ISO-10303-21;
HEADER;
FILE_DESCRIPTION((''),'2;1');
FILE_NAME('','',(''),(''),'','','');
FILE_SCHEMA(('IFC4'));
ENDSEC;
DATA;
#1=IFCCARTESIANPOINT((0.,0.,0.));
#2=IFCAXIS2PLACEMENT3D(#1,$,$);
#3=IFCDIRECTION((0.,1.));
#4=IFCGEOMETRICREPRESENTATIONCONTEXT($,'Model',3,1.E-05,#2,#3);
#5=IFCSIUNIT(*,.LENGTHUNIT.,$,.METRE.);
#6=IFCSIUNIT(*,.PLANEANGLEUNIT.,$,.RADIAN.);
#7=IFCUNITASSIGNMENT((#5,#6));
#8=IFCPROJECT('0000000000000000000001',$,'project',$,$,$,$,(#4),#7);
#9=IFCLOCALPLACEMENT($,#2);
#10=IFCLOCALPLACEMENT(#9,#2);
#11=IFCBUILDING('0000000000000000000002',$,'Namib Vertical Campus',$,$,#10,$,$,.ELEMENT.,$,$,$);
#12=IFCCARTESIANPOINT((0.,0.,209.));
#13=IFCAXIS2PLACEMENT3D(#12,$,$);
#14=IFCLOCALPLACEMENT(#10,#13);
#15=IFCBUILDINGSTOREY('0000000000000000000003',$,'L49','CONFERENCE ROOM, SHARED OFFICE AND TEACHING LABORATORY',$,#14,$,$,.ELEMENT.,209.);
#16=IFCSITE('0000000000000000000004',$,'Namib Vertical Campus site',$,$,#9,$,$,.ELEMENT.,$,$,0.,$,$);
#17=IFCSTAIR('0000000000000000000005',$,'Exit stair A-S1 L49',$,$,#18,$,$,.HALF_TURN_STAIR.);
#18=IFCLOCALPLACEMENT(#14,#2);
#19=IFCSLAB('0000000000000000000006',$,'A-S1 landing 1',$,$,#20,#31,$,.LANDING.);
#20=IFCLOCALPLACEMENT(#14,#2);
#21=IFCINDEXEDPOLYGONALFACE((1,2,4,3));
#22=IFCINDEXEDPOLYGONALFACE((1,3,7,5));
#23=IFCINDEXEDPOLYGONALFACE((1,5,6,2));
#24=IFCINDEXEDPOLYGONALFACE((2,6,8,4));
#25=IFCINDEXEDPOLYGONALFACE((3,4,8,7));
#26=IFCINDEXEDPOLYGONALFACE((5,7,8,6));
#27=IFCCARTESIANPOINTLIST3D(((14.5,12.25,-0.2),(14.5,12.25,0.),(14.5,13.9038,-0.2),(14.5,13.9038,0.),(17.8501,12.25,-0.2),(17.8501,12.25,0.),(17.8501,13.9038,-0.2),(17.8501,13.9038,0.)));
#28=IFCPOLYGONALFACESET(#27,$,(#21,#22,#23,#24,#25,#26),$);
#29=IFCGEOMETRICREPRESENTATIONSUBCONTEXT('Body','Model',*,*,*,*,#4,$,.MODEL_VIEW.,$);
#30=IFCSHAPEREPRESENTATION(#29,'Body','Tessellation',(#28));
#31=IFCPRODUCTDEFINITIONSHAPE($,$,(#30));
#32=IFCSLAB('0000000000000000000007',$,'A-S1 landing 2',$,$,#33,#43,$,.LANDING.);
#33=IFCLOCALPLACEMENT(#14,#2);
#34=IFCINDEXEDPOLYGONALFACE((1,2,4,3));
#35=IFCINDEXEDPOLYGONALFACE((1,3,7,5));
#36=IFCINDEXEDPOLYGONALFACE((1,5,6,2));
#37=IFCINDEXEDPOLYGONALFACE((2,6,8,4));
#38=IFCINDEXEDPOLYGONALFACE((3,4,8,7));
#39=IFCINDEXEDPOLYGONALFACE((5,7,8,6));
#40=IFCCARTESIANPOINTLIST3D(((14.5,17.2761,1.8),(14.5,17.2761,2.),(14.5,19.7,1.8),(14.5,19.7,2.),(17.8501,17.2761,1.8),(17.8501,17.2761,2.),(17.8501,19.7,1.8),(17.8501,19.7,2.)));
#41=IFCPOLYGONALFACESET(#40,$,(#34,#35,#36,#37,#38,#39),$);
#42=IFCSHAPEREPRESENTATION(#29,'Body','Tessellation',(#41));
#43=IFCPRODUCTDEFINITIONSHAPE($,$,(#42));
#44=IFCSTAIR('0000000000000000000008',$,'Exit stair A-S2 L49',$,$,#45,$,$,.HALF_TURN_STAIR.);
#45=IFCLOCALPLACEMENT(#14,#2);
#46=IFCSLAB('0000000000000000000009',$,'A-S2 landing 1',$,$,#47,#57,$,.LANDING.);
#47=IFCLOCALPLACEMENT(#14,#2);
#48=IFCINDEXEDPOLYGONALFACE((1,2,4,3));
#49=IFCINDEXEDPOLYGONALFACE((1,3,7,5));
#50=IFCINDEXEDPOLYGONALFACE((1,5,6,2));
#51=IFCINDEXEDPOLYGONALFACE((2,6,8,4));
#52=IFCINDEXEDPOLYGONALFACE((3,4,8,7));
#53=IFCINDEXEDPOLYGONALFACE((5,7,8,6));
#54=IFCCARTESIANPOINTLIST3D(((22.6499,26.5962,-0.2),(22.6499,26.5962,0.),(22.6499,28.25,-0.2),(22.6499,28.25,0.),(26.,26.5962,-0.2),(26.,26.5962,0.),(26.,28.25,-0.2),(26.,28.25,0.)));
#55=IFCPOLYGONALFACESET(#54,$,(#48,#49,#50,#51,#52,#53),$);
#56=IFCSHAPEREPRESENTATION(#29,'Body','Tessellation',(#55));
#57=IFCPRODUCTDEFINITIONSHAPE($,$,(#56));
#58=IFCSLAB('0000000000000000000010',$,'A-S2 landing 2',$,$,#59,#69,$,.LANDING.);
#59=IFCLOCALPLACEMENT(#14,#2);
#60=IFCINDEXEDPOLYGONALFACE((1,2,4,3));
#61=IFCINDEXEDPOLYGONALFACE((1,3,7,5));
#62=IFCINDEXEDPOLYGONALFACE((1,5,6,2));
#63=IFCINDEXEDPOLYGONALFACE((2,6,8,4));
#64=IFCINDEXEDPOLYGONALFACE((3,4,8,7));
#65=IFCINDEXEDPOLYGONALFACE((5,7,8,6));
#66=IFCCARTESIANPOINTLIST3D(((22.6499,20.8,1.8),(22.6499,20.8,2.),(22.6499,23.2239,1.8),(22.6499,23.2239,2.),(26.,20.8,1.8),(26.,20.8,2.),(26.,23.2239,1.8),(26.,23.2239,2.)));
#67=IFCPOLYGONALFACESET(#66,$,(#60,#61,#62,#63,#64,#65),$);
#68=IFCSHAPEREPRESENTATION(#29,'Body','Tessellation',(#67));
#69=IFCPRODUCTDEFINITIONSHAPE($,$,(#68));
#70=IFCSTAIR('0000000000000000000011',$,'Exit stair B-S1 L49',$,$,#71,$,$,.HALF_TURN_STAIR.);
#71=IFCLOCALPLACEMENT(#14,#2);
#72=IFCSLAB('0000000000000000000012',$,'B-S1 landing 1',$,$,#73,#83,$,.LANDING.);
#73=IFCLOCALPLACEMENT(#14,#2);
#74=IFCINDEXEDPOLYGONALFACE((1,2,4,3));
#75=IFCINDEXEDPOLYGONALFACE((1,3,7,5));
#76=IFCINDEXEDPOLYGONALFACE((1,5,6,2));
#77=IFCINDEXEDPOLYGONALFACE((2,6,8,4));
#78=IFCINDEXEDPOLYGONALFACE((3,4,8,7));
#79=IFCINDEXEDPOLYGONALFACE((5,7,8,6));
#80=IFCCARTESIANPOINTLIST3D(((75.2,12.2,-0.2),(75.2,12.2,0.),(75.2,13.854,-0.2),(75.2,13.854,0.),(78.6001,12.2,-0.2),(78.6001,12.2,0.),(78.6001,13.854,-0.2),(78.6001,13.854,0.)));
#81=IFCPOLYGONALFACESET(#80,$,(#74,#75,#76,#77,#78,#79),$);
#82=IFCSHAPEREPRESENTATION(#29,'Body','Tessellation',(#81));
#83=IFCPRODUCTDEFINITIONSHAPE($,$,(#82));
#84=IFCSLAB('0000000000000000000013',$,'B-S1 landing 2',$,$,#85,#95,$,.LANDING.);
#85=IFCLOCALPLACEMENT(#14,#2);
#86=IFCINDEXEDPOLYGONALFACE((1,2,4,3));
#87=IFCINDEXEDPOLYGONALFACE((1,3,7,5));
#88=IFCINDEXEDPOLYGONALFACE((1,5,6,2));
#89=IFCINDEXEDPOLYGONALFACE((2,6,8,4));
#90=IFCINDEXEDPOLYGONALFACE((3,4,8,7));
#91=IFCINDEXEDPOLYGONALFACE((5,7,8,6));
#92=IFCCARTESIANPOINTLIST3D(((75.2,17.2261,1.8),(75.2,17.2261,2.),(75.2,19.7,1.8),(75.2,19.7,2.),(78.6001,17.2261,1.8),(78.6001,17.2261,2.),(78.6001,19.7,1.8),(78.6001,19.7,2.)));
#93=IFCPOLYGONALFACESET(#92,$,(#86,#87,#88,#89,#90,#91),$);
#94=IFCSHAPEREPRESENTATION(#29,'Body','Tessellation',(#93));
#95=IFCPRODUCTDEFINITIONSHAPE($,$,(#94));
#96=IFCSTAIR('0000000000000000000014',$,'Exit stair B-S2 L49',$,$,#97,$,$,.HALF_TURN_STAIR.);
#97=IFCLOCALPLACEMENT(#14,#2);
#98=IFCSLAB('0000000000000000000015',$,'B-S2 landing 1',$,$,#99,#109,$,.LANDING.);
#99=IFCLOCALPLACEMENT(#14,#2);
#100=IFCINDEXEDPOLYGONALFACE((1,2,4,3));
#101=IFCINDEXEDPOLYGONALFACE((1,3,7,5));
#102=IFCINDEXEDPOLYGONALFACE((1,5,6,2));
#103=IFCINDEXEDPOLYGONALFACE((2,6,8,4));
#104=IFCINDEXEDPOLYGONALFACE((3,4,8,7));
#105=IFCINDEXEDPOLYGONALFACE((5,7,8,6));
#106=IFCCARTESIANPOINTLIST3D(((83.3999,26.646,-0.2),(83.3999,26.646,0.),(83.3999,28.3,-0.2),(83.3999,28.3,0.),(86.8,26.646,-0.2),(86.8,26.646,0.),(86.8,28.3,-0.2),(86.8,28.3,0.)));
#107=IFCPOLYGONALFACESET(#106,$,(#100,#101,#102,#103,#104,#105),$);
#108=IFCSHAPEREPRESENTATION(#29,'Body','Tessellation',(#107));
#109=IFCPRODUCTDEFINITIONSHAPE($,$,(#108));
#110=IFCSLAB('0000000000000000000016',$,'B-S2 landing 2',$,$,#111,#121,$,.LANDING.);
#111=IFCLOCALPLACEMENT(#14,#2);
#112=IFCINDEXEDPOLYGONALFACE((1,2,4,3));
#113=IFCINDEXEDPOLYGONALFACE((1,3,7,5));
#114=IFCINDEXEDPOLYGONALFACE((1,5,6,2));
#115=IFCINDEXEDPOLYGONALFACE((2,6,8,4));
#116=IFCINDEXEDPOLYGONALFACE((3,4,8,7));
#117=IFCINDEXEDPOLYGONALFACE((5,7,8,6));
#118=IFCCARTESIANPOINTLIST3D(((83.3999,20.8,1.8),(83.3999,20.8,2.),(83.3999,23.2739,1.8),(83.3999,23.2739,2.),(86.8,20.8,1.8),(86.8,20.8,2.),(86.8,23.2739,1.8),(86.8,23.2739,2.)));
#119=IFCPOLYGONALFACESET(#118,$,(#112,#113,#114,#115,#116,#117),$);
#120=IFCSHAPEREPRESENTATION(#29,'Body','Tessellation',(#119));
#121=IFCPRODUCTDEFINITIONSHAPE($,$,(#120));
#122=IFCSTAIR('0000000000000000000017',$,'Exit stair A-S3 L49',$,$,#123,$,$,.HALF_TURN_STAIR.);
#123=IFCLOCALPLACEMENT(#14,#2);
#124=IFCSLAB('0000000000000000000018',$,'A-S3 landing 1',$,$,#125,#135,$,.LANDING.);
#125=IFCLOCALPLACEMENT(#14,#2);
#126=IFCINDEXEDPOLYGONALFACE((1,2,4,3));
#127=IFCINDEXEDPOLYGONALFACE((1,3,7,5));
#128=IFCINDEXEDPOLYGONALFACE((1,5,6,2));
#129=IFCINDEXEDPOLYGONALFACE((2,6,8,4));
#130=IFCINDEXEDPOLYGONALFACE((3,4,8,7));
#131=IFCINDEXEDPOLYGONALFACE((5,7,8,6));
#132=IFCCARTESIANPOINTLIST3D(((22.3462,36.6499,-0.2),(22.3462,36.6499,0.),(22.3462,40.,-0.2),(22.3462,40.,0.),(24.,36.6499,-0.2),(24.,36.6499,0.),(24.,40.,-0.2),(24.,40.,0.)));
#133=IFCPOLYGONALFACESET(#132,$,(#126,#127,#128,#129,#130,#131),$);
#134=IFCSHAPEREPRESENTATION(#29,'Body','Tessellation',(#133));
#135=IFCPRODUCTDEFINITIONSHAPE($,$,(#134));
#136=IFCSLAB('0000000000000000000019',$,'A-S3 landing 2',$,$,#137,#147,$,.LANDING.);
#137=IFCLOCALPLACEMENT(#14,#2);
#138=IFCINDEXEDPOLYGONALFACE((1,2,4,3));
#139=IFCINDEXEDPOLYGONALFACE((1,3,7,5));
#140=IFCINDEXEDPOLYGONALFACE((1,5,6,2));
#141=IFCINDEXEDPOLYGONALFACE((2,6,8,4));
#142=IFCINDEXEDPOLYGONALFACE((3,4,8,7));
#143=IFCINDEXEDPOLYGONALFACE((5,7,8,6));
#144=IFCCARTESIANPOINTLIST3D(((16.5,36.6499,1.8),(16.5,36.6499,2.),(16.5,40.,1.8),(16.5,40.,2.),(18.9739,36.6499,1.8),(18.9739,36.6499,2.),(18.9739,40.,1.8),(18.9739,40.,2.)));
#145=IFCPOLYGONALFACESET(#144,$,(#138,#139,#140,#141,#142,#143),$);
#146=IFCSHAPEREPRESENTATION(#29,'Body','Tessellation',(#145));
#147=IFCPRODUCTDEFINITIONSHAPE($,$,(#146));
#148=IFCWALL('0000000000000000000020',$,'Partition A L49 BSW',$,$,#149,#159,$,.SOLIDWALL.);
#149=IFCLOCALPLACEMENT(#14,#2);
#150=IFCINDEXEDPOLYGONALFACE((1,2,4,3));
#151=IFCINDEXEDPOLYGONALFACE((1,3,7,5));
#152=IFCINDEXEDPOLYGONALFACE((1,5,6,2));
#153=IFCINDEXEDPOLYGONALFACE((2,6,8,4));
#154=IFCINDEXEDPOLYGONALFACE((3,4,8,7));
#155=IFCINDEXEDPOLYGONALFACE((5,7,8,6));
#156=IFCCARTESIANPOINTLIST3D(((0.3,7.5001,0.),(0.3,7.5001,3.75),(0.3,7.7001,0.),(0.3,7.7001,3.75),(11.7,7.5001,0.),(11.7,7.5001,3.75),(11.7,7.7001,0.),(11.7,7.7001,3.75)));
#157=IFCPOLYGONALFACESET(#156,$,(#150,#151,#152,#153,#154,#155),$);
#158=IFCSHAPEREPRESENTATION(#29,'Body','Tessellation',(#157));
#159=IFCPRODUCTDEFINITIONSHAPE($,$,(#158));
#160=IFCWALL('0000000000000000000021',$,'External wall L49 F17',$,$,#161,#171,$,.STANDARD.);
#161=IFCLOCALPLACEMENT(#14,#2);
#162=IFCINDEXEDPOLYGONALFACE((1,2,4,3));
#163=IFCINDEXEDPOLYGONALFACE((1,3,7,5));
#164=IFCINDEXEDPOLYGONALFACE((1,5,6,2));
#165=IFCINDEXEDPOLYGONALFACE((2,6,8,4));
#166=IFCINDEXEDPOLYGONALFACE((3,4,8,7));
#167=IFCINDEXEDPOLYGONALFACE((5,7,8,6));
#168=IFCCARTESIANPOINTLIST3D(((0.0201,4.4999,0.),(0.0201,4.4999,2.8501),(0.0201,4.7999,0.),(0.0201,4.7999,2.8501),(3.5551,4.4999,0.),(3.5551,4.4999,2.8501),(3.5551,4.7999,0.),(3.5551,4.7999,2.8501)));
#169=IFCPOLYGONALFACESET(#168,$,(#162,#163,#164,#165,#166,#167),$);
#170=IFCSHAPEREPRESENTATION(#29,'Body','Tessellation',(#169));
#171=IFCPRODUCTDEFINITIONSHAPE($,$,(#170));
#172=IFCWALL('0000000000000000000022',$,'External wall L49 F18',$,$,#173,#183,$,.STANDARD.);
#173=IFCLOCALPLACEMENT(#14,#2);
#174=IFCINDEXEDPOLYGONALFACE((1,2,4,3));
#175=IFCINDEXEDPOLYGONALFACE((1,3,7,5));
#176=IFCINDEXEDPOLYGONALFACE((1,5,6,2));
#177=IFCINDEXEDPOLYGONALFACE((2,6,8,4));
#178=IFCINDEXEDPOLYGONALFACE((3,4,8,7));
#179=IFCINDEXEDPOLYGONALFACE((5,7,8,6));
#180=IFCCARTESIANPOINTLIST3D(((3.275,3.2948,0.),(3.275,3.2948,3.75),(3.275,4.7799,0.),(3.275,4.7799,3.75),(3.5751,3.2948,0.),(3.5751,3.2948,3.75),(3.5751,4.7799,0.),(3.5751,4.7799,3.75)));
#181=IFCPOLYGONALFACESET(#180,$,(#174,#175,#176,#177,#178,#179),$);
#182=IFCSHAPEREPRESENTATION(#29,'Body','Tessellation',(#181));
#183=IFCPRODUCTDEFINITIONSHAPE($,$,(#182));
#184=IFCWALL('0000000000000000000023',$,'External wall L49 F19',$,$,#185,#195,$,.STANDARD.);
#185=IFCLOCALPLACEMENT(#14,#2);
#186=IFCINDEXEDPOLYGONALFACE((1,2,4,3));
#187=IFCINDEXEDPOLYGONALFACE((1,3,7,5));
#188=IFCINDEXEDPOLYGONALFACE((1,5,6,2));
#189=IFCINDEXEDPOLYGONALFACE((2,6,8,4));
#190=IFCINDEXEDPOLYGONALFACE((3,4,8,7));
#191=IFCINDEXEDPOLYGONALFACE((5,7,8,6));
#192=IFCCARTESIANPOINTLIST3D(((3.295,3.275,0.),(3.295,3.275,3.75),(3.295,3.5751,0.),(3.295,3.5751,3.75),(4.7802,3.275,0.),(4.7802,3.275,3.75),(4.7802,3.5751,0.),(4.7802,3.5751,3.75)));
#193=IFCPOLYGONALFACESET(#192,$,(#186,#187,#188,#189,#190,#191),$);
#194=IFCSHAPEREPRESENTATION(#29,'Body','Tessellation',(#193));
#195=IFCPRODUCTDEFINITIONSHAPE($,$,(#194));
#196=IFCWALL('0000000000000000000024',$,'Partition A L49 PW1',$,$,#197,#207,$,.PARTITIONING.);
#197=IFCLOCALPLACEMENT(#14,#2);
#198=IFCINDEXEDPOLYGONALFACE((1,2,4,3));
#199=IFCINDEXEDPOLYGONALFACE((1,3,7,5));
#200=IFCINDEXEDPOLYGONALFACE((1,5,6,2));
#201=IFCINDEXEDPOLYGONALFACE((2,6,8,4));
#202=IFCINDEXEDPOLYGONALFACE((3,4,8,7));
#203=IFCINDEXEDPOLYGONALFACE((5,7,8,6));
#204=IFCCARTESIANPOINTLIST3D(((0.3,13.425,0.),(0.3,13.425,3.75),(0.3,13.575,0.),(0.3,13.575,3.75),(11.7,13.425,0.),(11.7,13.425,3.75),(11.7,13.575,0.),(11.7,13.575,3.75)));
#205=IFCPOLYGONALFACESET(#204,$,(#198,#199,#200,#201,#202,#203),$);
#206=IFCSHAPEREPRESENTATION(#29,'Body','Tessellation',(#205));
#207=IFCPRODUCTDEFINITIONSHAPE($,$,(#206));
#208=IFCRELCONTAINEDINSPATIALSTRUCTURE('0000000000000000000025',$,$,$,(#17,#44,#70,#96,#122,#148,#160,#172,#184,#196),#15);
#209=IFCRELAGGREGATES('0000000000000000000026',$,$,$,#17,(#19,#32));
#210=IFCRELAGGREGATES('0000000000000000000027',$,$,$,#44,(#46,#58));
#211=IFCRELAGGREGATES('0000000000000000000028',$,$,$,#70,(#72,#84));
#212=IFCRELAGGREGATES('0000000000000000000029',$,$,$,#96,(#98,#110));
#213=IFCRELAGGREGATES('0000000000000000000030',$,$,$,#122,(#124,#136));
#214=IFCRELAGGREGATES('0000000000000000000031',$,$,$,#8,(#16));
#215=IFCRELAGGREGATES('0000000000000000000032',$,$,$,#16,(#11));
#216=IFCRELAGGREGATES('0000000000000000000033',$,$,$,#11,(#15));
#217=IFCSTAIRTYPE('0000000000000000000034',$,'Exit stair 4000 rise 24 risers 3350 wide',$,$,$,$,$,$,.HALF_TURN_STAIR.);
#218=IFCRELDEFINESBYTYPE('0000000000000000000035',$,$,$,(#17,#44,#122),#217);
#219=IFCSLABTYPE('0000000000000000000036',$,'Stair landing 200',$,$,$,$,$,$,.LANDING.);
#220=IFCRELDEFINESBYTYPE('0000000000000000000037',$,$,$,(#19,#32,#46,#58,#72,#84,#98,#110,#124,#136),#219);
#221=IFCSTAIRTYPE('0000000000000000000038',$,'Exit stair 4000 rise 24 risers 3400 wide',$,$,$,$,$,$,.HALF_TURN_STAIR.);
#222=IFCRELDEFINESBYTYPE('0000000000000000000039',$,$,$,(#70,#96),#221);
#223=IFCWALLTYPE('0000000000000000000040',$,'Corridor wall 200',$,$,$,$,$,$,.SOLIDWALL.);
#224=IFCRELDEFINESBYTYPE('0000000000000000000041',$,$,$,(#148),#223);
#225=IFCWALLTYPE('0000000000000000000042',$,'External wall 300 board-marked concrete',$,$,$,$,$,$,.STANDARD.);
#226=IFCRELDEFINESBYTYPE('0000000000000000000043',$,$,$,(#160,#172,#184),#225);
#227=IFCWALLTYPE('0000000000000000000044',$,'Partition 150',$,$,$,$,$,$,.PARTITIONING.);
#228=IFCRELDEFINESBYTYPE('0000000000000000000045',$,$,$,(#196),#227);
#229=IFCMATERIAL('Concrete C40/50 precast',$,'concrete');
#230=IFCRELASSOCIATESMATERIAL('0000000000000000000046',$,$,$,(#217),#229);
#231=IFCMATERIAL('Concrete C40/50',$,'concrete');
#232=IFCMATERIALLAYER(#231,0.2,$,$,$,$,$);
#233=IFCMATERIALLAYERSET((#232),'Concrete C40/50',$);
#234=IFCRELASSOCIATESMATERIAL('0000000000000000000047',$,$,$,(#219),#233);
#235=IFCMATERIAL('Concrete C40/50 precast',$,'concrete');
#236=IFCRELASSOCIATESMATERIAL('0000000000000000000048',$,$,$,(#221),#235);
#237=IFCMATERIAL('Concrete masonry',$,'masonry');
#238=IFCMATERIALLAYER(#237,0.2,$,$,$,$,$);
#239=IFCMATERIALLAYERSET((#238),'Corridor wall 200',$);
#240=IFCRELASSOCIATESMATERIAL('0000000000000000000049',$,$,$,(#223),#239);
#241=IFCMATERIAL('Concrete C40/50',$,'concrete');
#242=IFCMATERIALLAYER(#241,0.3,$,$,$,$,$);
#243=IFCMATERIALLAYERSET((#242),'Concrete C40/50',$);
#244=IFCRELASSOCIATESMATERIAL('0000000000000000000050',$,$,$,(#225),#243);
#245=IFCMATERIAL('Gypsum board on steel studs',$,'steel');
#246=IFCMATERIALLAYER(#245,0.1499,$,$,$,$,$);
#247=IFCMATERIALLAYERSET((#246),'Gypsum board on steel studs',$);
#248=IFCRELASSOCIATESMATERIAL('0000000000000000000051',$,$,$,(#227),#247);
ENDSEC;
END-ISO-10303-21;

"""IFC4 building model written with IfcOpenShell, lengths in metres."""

from ifc_helpers import new_model, si_unit, direction, frame, frame_2d, origin, place, context, subcontext, project, spatial, polyline, rectangle, outline, extrude, material, layer, layer_set, type_object, element, aggregate, save


model = new_model("IFC4")

# Units and contexts
model_context = context("Model", 3, precision=1e-05, world=origin(), true_north=direction((0.0, 1.0)))
body_context = subcontext(model_context, "Body", "Model", "MODEL_VIEW")
ifc_project = project(units=[si_unit("LENGTHUNIT", "METRE"), si_unit("PLANEANGLEUNIT", "RADIAN")], contexts=[model_context])

# Site, building, storey
site_placement = place(None, origin())
site = spatial("IfcSite", under=ifc_project, at=site_placement, Name="Namib Vertical Campus site", CompositionType="ELEMENT", RefElevation=0.0)
building_placement = place(site_placement, origin())
building = spatial("IfcBuilding", under=site, at=building_placement, Name="Namib Vertical Campus", CompositionType="ELEMENT")
storey_placement = place(building_placement, frame((0.0, 0.0, 209.0)))
storey = spatial("IfcBuildingStorey", under=building, at=storey_placement, Name="L49", Description="CONFERENCE ROOM, SHARED OFFICE AND TEACHING LABORATORY", CompositionType="ELEMENT", Elevation=209.0)

# Stairs, slabs
ifc_material_1 = material(Name="Concrete C40/50 precast", Category="concrete")
stair_type_1 = type_object("IfcStairType", Name="Exit stair 4000 rise 24 risers 3350 wide", PredefinedType="HALF_TURN_STAIR", material=ifc_material_1)
stair_1_placement = place(storey_placement, origin())
stair_1 = element("IfcStair", 1, at=stair_1_placement, inside=storey, type_object=stair_type_1, Name="Exit stair A-S1 L49", PredefinedType="HALF_TURN_STAIR")
ifc_material_2 = material(Name="Concrete C40/50", Category="concrete")
ifc_layer_1 = layer(ifc_material_2, 0.2)
ifc_layer_set_1 = layer_set([ifc_layer_1], Name="Concrete C40/50")
slab_type_1 = type_object("IfcSlabType", Name="Stair landing 200", PredefinedType="LANDING", material=ifc_layer_set_1)
slab_1_placement = place(storey_placement, frame((0.0, 0.0, -0.2)))
slab_1 = element("IfcSlab", 2, at=slab_1_placement, type_object=slab_type_1, Name="A-S1 landing 1", PredefinedType="LANDING", context=body_context, shape_type="SweptSolid", body=[
    extrude(outline(polyline([(14.5, 12.25), (17.8501, 12.25), (17.8501, 13.9038), (14.5, 13.9038), (14.5, 12.25)])), origin(), (0.0, 0.0, 1.0), 0.2),
])
slab_2_placement = place(storey_placement, frame((0.0, 0.0, 1.8)))
slab_2 = element("IfcSlab", 3, at=slab_2_placement, type_object=slab_type_1, Name="A-S1 landing 2", PredefinedType="LANDING", context=body_context, shape_type="SweptSolid", body=[
    extrude(outline(polyline([(14.5, 17.2761), (17.8501, 17.2761), (17.8501, 19.7), (14.5, 19.7), (14.5, 17.2761)])), origin(), (0.0, 0.0, 1.0), 0.2),
])
aggregate(stair_1, [slab_1, slab_2])
stair_2_placement = place(storey_placement, origin())
stair_2 = element("IfcStair", 4, at=stair_2_placement, inside=storey, type_object=stair_type_1, Name="Exit stair A-S2 L49", PredefinedType="HALF_TURN_STAIR")
slab_3_placement = place(storey_placement, frame((0.0, 0.0, -0.2)))
slab_3 = element("IfcSlab", 5, at=slab_3_placement, type_object=slab_type_1, Name="A-S2 landing 1", PredefinedType="LANDING", context=body_context, shape_type="SweptSolid", body=[
    extrude(outline(polyline([(22.6499, 26.5962), (26.0, 26.5962), (26.0, 28.25), (22.6499, 28.25), (22.6499, 26.5962)])), origin(), (0.0, 0.0, 1.0), 0.2),
])
slab_4_placement = place(storey_placement, frame((0.0, 0.0, 1.8)))
slab_4 = element("IfcSlab", 6, at=slab_4_placement, type_object=slab_type_1, Name="A-S2 landing 2", PredefinedType="LANDING", context=body_context, shape_type="SweptSolid", body=[
    extrude(outline(polyline([(22.6499, 20.8), (26.0, 20.8), (26.0, 23.2239), (22.6499, 23.2239), (22.6499, 20.8)])), origin(), (0.0, 0.0, 1.0), 0.2),
])
aggregate(stair_2, [slab_3, slab_4])
ifc_material_3 = material(Name="Concrete C40/50 precast", Category="concrete")
stair_type_2 = type_object("IfcStairType", Name="Exit stair 4000 rise 24 risers 3400 wide", PredefinedType="HALF_TURN_STAIR", material=ifc_material_3)
stair_3_placement = place(storey_placement, origin())
stair_3 = element("IfcStair", 7, at=stair_3_placement, inside=storey, type_object=stair_type_2, Name="Exit stair B-S1 L49", PredefinedType="HALF_TURN_STAIR")
slab_5_placement = place(storey_placement, frame((0.0, 0.0, -0.2)))
slab_5 = element("IfcSlab", 8, at=slab_5_placement, type_object=slab_type_1, Name="B-S1 landing 1", PredefinedType="LANDING", context=body_context, shape_type="SweptSolid", body=[
    extrude(outline(polyline([(75.2, 12.2), (78.6001, 12.2), (78.6001, 13.854), (75.2, 13.854), (75.2, 12.2)])), origin(), (0.0, 0.0, 1.0), 0.2),
])
slab_6_placement = place(storey_placement, frame((0.0, 0.0, 1.8)))
slab_6 = element("IfcSlab", 9, at=slab_6_placement, type_object=slab_type_1, Name="B-S1 landing 2", PredefinedType="LANDING", context=body_context, shape_type="SweptSolid", body=[
    extrude(outline(polyline([(75.2, 17.2261), (78.6001, 17.2261), (78.6001, 19.7), (75.2, 19.7), (75.2, 17.2261)])), origin(), (0.0, 0.0, 1.0), 0.2),
])
aggregate(stair_3, [slab_5, slab_6])
stair_4_placement = place(storey_placement, origin())
stair_4 = element("IfcStair", 10, at=stair_4_placement, inside=storey, type_object=stair_type_2, Name="Exit stair B-S2 L49", PredefinedType="HALF_TURN_STAIR")
slab_7_placement = place(storey_placement, frame((0.0, 0.0, -0.2)))
slab_7 = element("IfcSlab", 11, at=slab_7_placement, type_object=slab_type_1, Name="B-S2 landing 1", PredefinedType="LANDING", context=body_context, shape_type="SweptSolid", body=[
    extrude(outline(polyline([(83.3999, 26.646), (86.8, 26.646), (86.8, 28.3), (83.3999, 28.3), (83.3999, 26.646)])), origin(), (0.0, 0.0, 1.0), 0.2),
])
slab_8_placement = place(storey_placement, frame((0.0, 0.0, 1.8)))
slab_8 = element("IfcSlab", 12, at=slab_8_placement, type_object=slab_type_1, Name="B-S2 landing 2", PredefinedType="LANDING", context=body_context, shape_type="SweptSolid", body=[
    extrude(outline(polyline([(83.3999, 20.8), (86.8, 20.8), (86.8, 23.2739), (83.3999, 23.2739), (83.3999, 20.8)])), origin(), (0.0, 0.0, 1.0), 0.2),
])
aggregate(stair_4, [slab_7, slab_8])
stair_5_placement = place(storey_placement, origin())
stair_5 = element("IfcStair", 13, at=stair_5_placement, inside=storey, type_object=stair_type_1, Name="Exit stair A-S3 L49", PredefinedType="HALF_TURN_STAIR")
slab_9_placement = place(storey_placement, frame((0.0, 0.0, -0.2)))
slab_9 = element("IfcSlab", 14, at=slab_9_placement, type_object=slab_type_1, Name="A-S3 landing 1", PredefinedType="LANDING", context=body_context, shape_type="SweptSolid", body=[
    extrude(outline(polyline([(22.3462, 36.6499), (22.3462, 40.0), (24.0, 40.0), (24.0, 36.6499), (22.3462, 36.6499)])), origin(), (0.0, 0.0, 1.0), 0.2),
])
slab_10_placement = place(storey_placement, frame((0.0, 0.0, 1.8)))
slab_10 = element("IfcSlab", 15, at=slab_10_placement, type_object=slab_type_1, Name="A-S3 landing 2", PredefinedType="LANDING", context=body_context, shape_type="SweptSolid", body=[
    extrude(outline(polyline([(16.5, 36.6499), (16.5, 40.0), (18.9739, 40.0), (18.9739, 36.6499), (16.5, 36.6499)])), origin(), (0.0, 0.0, 1.0), 0.2),
])
aggregate(stair_5, [slab_9, slab_10])

# Walls
ifc_material_4 = material(Name="Concrete masonry", Category="masonry")
ifc_layer_2 = layer(ifc_material_4, 0.2)
ifc_layer_set_2 = layer_set([ifc_layer_2], Name="Corridor wall 200")
wall_type_1 = type_object("IfcWallType", Name="Corridor wall 200", PredefinedType="SOLIDWALL", material=ifc_layer_set_2)
wall_1_placement = place(storey_placement, frame((0.3, 7.6001, 0.0), z_axis=(0.0, 0.0, 1.0), x_axis=(1.0, 0.0, 0.0)))
element("IfcWall", 16, at=wall_1_placement, inside=storey, type_object=wall_type_1, Name="Partition A L49 BSW", PredefinedType="SOLIDWALL", context=body_context, shape_type="SweptSolid", body=[
    extrude(rectangle(XDim=11.3999, YDim=0.2, at=frame_2d((5.7, 0.0))), origin(), (0.0, 0.0, 1.0), 3.75),
])
ifc_material_5 = material(Name="Concrete C40/50", Category="concrete")
ifc_layer_3 = layer(ifc_material_5, 0.3)
ifc_layer_set_3 = layer_set([ifc_layer_3], Name="Concrete C40/50")
wall_type_2 = type_object("IfcWallType", Name="External wall 300 board-marked concrete", PredefinedType="STANDARD", material=ifc_layer_set_3)
wall_2_placement = place(storey_placement, frame((0.02, 4.6499, 0.0), z_axis=(0.0, 0.0, 1.0), x_axis=(1.0, 0.0, 0.0)))
element("IfcWall", 17, at=wall_2_placement, inside=storey, type_object=wall_type_2, Name="External wall L49 F17", PredefinedType="STANDARD", context=body_context, shape_type="SweptSolid", body=[
    extrude(rectangle(XDim=3.5349, YDim=0.3, at=frame_2d((1.7676, 0.0))), origin(), (0.0, 0.0, 1.0), 2.8501),
])
for number, where, z_axis, x_axis, name in (
    (18, (3.425, 4.78, 0.0), (0.0, 0.0, 1.0), (0.0, -1.0, 0.0), "External wall L49 F18"),
    (19, (3.2949, 3.425, 0.0), (0.0, 0.0, 1.0), (1.0, 0.0, 0.0), "External wall L49 F19"),
):
    element("IfcWall", number, at=place(storey_placement, frame(where, z_axis=z_axis, x_axis=x_axis)), inside=storey, type_object=wall_type_2, Name=name, PredefinedType="STANDARD", context=body_context, shape_type="SweptSolid", body=[
        extrude(rectangle(XDim=1.4851, YDim=0.3, at=frame_2d((0.7427, 0.0))), origin(), (0.0, 0.0, 1.0), 3.75),
    ])
ifc_material_6 = material(Name="Gypsum board on steel studs", Category="steel")
ifc_layer_4 = layer(ifc_material_6, 0.1499)
ifc_layer_set_4 = layer_set([ifc_layer_4], Name="Gypsum board on steel studs")
wall_type_3 = type_object("IfcWallType", Name="Partition 150", PredefinedType="PARTITIONING", material=ifc_layer_set_4)
wall_3_placement = place(storey_placement, frame((0.3, 13.5, 0.0), z_axis=(0.0, 0.0, 1.0), x_axis=(1.0, 0.0, 0.0)))
element("IfcWall", 20, at=wall_3_placement, inside=storey, type_object=wall_type_3, Name="Partition A L49 PW1", PredefinedType="PARTITIONING", context=body_context, shape_type="SweptSolid", body=[
    extrude(rectangle(XDim=11.3999, YDim=0.1499, at=frame_2d((5.7, 0.0))), origin(), (0.0, 0.0, 1.0), 3.75),
])

save(model, "model.ifc")
